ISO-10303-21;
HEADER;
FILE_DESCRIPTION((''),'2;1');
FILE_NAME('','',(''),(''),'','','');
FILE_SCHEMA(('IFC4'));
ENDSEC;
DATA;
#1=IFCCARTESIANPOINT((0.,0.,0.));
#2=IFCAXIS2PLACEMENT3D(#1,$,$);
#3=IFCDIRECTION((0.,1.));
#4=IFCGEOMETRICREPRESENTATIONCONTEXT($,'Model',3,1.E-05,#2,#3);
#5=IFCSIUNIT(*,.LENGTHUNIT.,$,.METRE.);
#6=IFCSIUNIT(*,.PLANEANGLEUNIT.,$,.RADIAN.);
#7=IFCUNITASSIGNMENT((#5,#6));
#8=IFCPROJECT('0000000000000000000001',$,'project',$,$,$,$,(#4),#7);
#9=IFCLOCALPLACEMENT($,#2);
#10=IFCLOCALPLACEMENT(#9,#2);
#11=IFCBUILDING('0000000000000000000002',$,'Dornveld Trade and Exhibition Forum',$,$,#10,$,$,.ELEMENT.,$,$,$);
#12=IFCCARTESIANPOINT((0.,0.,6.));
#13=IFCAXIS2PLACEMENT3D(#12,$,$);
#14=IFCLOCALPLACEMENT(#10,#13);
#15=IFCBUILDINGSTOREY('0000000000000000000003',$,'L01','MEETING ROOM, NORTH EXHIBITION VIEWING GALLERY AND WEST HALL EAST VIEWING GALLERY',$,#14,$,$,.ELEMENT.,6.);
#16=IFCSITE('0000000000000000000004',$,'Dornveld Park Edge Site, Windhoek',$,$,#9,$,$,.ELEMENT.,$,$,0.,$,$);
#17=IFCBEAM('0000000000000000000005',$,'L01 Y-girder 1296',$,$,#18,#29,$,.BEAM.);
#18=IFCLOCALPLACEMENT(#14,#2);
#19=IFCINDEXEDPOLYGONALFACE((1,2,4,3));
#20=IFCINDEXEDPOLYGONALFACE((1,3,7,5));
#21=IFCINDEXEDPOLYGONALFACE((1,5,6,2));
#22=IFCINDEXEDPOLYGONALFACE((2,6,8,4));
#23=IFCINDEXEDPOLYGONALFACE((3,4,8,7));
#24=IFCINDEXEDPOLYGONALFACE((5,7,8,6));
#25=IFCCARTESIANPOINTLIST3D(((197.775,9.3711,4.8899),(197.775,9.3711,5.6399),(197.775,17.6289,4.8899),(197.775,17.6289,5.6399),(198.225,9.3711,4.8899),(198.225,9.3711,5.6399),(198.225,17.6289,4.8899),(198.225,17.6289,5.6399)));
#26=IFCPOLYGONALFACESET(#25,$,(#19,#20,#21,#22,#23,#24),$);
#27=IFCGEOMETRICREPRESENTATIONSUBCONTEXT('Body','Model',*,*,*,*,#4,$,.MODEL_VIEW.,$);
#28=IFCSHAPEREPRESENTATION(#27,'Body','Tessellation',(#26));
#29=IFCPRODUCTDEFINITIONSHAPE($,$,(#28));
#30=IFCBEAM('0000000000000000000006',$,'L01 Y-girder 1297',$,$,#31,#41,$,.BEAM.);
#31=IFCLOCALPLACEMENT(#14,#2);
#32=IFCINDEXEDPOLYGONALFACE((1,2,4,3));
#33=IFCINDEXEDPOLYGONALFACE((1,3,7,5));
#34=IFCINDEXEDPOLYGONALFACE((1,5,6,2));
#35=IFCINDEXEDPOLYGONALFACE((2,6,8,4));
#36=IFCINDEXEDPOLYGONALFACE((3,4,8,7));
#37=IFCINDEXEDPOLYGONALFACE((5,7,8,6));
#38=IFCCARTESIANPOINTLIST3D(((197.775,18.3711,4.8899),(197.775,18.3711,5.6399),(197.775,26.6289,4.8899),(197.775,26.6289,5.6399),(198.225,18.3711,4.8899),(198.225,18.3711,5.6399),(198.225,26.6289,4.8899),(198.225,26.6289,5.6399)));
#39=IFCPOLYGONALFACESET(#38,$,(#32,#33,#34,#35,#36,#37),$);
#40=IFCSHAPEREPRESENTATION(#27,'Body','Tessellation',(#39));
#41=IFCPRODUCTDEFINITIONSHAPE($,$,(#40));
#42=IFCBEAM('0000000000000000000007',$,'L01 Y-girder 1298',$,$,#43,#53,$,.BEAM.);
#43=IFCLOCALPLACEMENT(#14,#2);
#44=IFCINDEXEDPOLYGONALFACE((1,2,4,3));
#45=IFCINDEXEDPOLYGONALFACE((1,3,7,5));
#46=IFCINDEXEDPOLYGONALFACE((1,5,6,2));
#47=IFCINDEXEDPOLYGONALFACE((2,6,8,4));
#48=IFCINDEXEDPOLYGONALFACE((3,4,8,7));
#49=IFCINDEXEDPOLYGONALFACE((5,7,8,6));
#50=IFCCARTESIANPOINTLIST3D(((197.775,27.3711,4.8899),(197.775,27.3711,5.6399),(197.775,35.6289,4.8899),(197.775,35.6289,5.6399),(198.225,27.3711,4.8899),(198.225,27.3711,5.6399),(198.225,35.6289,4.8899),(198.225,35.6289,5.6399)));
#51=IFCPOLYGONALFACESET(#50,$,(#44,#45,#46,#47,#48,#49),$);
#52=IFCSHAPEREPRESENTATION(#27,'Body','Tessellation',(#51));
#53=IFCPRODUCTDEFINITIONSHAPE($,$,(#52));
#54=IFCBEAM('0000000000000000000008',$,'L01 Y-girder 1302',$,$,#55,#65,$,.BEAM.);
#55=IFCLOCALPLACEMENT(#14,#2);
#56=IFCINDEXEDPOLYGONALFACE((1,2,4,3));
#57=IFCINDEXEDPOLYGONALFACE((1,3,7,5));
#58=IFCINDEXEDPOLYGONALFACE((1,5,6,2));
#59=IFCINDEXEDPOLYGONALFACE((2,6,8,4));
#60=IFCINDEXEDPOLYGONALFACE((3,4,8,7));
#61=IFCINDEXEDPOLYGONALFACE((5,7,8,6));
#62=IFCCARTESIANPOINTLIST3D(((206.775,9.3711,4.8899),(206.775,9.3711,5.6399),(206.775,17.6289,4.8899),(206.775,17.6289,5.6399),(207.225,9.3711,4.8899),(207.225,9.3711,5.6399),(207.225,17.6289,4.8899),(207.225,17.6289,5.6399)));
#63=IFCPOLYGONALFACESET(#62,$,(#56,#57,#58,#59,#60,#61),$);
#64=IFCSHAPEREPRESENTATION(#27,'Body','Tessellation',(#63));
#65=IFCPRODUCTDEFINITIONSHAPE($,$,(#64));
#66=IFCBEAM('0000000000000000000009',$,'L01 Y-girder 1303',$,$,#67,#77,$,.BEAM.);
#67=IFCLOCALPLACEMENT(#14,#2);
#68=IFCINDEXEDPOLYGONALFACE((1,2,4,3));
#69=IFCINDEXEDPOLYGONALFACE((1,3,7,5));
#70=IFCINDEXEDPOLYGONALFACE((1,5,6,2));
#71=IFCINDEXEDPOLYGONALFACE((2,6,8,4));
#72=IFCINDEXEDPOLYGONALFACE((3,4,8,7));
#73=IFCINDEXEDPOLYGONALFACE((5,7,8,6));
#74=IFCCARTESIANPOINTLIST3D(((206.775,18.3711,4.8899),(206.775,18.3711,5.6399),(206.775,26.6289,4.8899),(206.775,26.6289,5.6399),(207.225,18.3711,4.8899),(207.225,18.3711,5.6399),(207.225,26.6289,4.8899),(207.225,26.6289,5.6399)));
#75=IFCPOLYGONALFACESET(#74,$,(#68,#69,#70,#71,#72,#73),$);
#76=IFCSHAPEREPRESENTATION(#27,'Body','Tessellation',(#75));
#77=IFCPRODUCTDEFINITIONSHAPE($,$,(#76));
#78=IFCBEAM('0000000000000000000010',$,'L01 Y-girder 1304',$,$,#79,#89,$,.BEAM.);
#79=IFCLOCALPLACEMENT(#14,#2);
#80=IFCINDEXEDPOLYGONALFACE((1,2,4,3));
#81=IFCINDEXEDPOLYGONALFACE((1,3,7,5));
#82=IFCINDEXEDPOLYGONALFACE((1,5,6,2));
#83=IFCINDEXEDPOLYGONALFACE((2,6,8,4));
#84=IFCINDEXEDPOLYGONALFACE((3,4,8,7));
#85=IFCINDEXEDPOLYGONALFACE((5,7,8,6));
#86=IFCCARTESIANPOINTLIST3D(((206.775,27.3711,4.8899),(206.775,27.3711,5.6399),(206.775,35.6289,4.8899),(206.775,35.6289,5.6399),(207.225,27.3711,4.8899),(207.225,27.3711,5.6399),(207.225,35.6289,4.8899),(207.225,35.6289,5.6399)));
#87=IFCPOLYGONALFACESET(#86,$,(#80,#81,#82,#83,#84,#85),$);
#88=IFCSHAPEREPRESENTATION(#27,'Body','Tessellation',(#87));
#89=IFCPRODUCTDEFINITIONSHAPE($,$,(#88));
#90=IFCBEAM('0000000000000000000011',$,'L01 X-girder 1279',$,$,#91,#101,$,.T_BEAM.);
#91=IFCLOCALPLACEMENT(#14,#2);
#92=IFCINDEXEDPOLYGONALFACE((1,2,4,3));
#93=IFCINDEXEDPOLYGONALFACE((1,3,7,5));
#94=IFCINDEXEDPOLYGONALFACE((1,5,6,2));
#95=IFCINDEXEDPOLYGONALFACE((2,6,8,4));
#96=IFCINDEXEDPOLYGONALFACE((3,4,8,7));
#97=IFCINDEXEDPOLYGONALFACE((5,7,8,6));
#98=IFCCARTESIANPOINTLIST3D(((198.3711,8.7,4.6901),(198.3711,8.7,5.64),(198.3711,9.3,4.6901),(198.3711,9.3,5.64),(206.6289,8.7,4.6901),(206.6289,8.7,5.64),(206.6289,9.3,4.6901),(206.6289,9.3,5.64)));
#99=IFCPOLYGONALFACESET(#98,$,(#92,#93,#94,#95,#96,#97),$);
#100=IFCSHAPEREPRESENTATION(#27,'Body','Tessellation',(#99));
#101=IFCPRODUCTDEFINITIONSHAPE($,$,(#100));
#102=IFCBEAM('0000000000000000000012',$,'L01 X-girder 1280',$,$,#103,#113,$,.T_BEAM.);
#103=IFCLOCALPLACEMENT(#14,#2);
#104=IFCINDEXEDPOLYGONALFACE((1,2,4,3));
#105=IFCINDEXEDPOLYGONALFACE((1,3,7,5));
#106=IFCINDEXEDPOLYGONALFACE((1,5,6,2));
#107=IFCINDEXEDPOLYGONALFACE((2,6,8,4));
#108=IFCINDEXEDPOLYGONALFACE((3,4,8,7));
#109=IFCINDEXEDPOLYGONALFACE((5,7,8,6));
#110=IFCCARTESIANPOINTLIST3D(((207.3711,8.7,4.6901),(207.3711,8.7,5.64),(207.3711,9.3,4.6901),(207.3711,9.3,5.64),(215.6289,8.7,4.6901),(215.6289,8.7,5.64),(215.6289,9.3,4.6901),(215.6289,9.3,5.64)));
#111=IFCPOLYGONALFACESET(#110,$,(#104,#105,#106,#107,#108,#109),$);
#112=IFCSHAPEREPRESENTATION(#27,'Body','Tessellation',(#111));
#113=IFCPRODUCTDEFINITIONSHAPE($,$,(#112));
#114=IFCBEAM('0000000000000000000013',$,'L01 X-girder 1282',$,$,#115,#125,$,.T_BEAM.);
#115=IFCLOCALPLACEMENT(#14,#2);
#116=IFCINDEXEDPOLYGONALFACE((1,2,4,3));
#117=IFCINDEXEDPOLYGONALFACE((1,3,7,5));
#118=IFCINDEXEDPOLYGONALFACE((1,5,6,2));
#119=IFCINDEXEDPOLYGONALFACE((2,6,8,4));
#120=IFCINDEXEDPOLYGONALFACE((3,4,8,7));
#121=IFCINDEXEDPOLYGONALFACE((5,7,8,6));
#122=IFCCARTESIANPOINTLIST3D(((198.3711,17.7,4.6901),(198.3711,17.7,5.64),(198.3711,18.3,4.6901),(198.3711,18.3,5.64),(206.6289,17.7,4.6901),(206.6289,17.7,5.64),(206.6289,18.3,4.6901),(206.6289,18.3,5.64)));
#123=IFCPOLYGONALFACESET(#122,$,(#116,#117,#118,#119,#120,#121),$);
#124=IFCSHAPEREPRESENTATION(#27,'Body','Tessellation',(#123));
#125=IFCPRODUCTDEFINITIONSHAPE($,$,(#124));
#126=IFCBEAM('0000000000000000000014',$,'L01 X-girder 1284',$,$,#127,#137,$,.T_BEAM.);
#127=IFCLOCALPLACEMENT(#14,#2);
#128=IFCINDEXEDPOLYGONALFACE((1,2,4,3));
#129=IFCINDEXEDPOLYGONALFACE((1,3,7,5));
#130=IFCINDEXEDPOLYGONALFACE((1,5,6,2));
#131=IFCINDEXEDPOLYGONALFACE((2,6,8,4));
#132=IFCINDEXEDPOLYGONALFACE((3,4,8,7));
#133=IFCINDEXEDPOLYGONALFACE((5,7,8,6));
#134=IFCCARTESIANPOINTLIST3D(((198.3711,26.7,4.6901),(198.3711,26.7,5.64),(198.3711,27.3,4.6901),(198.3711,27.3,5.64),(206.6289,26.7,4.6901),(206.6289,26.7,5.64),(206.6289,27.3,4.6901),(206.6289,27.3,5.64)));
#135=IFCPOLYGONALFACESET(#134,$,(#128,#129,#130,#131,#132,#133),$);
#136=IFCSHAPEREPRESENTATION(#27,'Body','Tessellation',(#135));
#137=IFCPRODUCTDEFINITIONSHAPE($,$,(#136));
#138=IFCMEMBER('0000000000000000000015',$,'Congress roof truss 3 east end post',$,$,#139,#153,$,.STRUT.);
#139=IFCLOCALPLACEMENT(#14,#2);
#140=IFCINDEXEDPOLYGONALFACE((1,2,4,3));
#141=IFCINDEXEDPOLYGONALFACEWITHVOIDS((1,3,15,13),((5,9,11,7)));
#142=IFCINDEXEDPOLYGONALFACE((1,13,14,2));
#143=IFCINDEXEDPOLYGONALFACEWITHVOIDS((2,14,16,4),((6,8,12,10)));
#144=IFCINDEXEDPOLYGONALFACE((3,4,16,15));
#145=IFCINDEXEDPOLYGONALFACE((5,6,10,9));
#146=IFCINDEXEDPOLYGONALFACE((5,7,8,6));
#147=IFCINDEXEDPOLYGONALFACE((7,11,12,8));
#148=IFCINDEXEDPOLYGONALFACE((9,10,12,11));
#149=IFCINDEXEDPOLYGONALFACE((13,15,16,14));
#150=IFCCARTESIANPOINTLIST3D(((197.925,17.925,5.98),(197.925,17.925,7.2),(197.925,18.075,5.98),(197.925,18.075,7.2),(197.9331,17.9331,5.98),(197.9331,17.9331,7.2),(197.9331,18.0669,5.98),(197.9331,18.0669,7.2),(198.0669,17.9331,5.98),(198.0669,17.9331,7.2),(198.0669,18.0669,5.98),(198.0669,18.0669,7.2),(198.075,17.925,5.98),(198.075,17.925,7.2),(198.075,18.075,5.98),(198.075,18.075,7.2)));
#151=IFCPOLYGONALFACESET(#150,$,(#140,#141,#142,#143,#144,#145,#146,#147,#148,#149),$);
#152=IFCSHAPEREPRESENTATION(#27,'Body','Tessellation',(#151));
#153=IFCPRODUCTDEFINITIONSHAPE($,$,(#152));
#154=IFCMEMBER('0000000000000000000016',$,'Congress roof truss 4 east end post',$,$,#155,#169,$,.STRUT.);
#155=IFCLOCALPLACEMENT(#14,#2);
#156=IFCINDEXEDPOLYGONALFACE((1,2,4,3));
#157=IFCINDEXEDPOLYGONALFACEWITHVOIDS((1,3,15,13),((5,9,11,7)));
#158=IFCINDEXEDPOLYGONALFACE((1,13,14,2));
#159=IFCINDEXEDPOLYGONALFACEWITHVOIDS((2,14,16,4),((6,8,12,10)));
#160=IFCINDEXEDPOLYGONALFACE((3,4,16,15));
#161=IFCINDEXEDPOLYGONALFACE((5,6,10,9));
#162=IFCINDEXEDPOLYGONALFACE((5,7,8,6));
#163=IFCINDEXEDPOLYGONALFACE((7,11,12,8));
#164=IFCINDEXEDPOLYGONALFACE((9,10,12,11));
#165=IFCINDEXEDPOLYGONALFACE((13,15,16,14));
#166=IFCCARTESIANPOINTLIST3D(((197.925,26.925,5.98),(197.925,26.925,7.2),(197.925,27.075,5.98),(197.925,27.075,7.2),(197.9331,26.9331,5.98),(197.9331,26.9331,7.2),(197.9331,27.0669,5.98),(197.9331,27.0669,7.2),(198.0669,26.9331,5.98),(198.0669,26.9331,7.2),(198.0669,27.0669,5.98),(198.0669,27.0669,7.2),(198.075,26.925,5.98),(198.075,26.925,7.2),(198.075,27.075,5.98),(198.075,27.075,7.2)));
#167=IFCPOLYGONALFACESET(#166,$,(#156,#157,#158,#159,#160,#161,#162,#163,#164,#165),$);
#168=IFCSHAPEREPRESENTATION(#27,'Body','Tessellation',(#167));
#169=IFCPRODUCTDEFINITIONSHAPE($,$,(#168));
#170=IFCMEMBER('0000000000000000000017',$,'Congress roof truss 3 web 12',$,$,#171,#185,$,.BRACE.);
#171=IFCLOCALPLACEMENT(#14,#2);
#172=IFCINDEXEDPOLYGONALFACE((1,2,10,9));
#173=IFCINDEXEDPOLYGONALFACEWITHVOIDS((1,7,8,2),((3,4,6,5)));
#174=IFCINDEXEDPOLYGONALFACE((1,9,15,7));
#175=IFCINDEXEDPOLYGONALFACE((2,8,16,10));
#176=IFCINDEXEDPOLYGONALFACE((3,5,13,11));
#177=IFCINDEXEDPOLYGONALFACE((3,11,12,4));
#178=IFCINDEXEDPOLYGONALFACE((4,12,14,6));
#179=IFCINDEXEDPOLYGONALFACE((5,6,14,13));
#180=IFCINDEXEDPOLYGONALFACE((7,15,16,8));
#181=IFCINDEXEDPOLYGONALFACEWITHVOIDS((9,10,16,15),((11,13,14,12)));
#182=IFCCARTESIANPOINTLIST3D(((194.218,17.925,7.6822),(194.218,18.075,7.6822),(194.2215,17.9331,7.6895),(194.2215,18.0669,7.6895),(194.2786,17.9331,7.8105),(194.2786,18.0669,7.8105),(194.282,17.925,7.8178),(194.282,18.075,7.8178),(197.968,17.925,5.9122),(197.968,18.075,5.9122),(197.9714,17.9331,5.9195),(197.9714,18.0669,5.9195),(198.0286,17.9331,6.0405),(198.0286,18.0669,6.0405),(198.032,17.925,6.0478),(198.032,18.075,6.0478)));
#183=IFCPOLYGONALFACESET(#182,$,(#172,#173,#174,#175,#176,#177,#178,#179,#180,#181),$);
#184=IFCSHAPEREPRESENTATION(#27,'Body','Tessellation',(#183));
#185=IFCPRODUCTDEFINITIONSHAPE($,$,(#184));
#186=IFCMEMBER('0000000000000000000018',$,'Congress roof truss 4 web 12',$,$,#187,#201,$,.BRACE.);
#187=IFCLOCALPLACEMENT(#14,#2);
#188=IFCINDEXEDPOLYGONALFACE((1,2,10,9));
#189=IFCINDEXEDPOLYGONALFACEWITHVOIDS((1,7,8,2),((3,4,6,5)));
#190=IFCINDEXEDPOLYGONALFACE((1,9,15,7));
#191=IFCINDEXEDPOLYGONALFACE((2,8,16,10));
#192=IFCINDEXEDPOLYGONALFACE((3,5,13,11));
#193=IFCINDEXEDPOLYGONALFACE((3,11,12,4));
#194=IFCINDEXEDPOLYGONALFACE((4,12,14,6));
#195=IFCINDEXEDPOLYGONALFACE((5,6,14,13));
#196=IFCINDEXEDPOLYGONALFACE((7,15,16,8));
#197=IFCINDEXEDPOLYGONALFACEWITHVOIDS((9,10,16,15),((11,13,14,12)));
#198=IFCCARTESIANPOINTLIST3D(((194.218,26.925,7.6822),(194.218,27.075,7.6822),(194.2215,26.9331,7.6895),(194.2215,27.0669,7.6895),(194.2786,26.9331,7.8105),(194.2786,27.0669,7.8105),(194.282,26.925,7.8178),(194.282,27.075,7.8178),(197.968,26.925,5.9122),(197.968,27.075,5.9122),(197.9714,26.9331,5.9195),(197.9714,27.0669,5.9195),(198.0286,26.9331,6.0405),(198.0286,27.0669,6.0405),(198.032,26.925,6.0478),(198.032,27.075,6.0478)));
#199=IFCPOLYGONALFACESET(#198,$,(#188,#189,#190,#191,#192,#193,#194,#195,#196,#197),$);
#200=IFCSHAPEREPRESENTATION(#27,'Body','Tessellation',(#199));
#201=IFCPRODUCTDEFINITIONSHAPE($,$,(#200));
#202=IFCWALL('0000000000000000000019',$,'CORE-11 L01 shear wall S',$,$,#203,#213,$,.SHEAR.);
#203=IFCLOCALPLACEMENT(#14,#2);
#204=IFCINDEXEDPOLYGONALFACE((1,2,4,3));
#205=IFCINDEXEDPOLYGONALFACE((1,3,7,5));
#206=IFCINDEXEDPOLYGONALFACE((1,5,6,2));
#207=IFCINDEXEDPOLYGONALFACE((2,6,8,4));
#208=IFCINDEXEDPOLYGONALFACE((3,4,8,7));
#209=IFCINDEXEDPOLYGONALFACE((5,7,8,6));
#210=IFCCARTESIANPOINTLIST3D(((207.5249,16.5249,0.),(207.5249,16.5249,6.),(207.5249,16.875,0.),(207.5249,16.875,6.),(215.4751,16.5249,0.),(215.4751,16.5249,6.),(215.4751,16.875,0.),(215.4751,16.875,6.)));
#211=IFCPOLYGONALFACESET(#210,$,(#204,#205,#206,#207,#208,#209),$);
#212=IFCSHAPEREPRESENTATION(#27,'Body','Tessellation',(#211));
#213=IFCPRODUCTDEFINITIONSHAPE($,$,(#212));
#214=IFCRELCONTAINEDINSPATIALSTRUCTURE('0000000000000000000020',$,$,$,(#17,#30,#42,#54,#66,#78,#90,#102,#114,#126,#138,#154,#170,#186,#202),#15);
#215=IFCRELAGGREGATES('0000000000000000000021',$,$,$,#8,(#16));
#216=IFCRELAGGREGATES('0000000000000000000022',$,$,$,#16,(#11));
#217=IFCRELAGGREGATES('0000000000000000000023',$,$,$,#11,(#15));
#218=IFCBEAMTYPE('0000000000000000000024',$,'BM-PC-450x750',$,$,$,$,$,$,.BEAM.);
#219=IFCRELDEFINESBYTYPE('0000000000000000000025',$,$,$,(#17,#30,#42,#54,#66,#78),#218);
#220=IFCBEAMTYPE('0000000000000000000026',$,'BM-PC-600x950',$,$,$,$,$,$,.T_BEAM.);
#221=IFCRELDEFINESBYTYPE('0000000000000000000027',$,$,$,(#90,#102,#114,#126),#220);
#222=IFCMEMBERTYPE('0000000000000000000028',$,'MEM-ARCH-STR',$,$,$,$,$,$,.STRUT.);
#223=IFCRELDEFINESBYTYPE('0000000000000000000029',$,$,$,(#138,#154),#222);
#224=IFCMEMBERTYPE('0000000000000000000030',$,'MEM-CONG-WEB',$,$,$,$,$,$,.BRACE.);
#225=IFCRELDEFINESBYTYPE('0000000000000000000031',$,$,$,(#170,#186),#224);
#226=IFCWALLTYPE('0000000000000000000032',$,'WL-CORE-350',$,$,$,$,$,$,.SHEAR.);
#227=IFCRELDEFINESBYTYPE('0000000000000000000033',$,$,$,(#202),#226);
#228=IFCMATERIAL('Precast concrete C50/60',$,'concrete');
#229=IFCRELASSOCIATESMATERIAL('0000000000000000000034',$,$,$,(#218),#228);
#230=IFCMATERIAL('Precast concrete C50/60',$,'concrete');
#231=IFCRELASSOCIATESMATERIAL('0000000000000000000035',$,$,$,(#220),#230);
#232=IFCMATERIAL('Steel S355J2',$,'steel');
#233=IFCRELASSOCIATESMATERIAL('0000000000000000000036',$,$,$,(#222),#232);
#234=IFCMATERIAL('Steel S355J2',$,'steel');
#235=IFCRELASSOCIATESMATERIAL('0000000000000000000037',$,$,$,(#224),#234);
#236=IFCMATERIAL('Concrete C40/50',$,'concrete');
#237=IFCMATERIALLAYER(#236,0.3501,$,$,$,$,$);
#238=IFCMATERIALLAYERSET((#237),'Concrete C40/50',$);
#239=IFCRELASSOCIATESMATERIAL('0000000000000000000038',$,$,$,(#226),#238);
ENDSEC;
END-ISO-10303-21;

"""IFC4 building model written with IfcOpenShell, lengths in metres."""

from ifc_helpers import new_model, si_unit, direction, frame, frame_2d, origin, origin_2d, place, context, subcontext, project, spatial, rectangle, hollow_rectangle, extrude, material, layer, layer_set, material_profile, profile_set, type_object, element, save


model = new_model("IFC4")

# Units and contexts
model_context = context("Model", 3, precision=1e-05, world=origin(), true_north=direction((0.0, 1.0)))
body_context = subcontext(model_context, "Body", "Model", "MODEL_VIEW")
ifc_project = project(units=[si_unit("LENGTHUNIT", "METRE"), si_unit("PLANEANGLEUNIT", "RADIAN")], contexts=[model_context])

# Site, building, storey
site_placement = place(None, origin())
site = spatial("IfcSite", under=ifc_project, at=site_placement, Name="Dornveld Park Edge Site, Windhoek", CompositionType="ELEMENT", RefElevation=0.0)
building_placement = place(site_placement, origin())
building = spatial("IfcBuilding", under=site, at=building_placement, Name="Dornveld Trade and Exhibition Forum", CompositionType="ELEMENT")
storey_placement = place(building_placement, frame((0.0, 0.0, 6.0)))
storey = spatial("IfcBuildingStorey", under=building, at=storey_placement, Name="L01", Description="MEETING ROOM, NORTH EXHIBITION VIEWING GALLERY AND WEST HALL EAST VIEWING GALLERY", CompositionType="ELEMENT", Elevation=6.0)

# Beams
ifc_material_1 = material(Name="Precast concrete C50/60", Category="concrete")
ifc_material_profile_1 = material_profile(ifc_material_1, rectangle(XDim=0.45, YDim=0.75, at=origin_2d()), Name="PC-BM 450x750")
ifc_profile_set_1 = profile_set([ifc_material_profile_1], Name="Precast concrete C50/60")
beam_type_1 = type_object("IfcBeamType", Name="BM-PC-450x750", PredefinedType="BEAM", material=ifc_profile_set_1)
for number, where, z_axis, x_axis, name in (
    (1, (198.0, 9.3711, 5.2649), (0.0, 1.0, 0.0), (-1.0, 0.0, 0.0), "L01 Y-girder 1296"),
    (2, (198.0, 18.3711, 5.2649), (0.0, 1.0, 0.0), (-1.0, 0.0, 0.0), "L01 Y-girder 1297"),
    (3, (198.0, 27.3711, 5.2649), (0.0, 1.0, 0.0), (-1.0, 0.0, 0.0), "L01 Y-girder 1298"),
    (4, (207.0, 9.3711, 5.2649), (0.0, 1.0, 0.0), (-1.0, 0.0, 0.0), "L01 Y-girder 1302"),
    (5, (207.0, 18.3711, 5.2649), (0.0, 1.0, 0.0), (-1.0, 0.0, 0.0), "L01 Y-girder 1303"),
    (6, (207.0, 27.3711, 5.2649), (0.0, 1.0, 0.0), (-1.0, 0.0, 0.0), "L01 Y-girder 1304"),
):
    element("IfcBeam", number, at=place(storey_placement, frame(where, z_axis=z_axis, x_axis=x_axis)), inside=storey, type_object=beam_type_1, Name=name, PredefinedType="BEAM", context=body_context, shape_type="SweptSolid", body=[
        extrude(rectangle(XDim=0.45, YDim=0.75, at=origin_2d()), origin(), (0.0, 0.0, 1.0), 8.2578),
    ])
ifc_material_2 = material(Name="Precast concrete C50/60", Category="concrete")
ifc_material_profile_2 = material_profile(ifc_material_2, rectangle(XDim=0.6001, YDim=0.95, at=origin_2d()), Name="PC-GIR 600x950")
ifc_profile_set_2 = profile_set([ifc_material_profile_2], Name="Precast concrete C50/60")
beam_type_2 = type_object("IfcBeamType", Name="BM-PC-600x950", PredefinedType="T_BEAM", material=ifc_profile_set_2)
for number, where, z_axis, x_axis, name in (
    (7, (198.3711, 9.0, 5.165), (1.0, 0.0, 0.0), (0.0, 1.0, 0.0), "L01 X-girder 1279"),
    (8, (207.3711, 9.0, 5.165), (1.0, 0.0, 0.0), (0.0, 1.0, 0.0), "L01 X-girder 1280"),
    (9, (198.3711, 18.0, 5.165), (1.0, 0.0, 0.0), (0.0, 1.0, 0.0), "L01 X-girder 1282"),
    (10, (198.3711, 27.0, 5.165), (1.0, 0.0, 0.0), (0.0, 1.0, 0.0), "L01 X-girder 1284"),
):
    element("IfcBeam", number, at=place(storey_placement, frame(where, z_axis=z_axis, x_axis=x_axis)), inside=storey, type_object=beam_type_2, Name=name, PredefinedType="T_BEAM", context=body_context, shape_type="SweptSolid", body=[
        extrude(rectangle(XDim=0.6001, YDim=0.95, at=origin_2d()), origin(), (0.0, 0.0, 1.0), 8.2578),
    ])

# Members
ifc_material_3 = material(Name="Steel S355J2", Category="steel")
ifc_material_profile_3 = material_profile(ifc_material_3, hollow_rectangle(XDim=0.1499, YDim=0.1499, WallThickness=0.0081, at=origin_2d()), Name="SHS 150x150x8")
ifc_profile_set_3 = profile_set([ifc_material_profile_3], Name="Steel S355J2")
member_type_1 = type_object("IfcMemberType", Name="MEM-ARCH-STR", PredefinedType="STRUT", material=ifc_profile_set_3)
for number, where, z_axis, x_axis, name in (
    (11, (198.0, 18.0, 5.98), (0.0, 0.0, 1.0), (1.0, 0.0, 0.0), "Congress roof truss 3 east end post"),
    (12, (198.0, 27.0, 5.98), (0.0, 0.0, 1.0), (1.0, 0.0, 0.0), "Congress roof truss 4 east end post"),
):
    element("IfcMember", number, at=place(storey_placement, frame(where, z_axis=z_axis, x_axis=x_axis)), inside=storey, type_object=member_type_1, Name=name, PredefinedType="STRUT", context=body_context, shape_type="SweptSolid", body=[
        extrude(hollow_rectangle(XDim=0.1499, YDim=0.1499, WallThickness=0.0081, at=origin_2d()), origin(), (0.0, 0.0, 1.0), 1.22),
    ])
ifc_material_4 = material(Name="Steel S355J2", Category="steel")
ifc_material_profile_4 = material_profile(ifc_material_4, hollow_rectangle(XDim=0.1499, YDim=0.1499, WallThickness=0.0081, at=origin_2d()), Name="SHS 150x150x8")
ifc_profile_set_4 = profile_set([ifc_material_profile_4], Name="Steel S355J2")
member_type_2 = type_object("IfcMemberType", Name="MEM-CONG-WEB", PredefinedType="BRACE", material=ifc_profile_set_4)
for number, where, z_axis, x_axis, name in (
    (13, (198.0, 18.0, 5.98), (-0.904324, 0.0, 0.426846), (0.0, -1.0, 0.0), "Congress roof truss 3 web 12"),
    (14, (198.0, 27.0, 5.98), (-0.904324, 0.0, 0.426846), (0.0, -1.0, 0.0), "Congress roof truss 4 web 12"),
):
    element("IfcMember", number, at=place(storey_placement, frame(where, z_axis=z_axis, x_axis=x_axis)), inside=storey, type_object=member_type_2, Name=name, PredefinedType="BRACE", context=body_context, shape_type="SweptSolid", body=[
        extrude(hollow_rectangle(XDim=0.1499, YDim=0.1499, WallThickness=0.0081, at=origin_2d()), origin(), (0.0, 0.0, 1.0), 4.1467),
    ])

# Wall
ifc_material_5 = material(Name="Concrete C40/50", Category="concrete")
ifc_layer_1 = layer(ifc_material_5, 0.3501)
ifc_layer_set_1 = layer_set([ifc_layer_1], Name="Concrete C40/50")
wall_type_1 = type_object("IfcWallType", Name="WL-CORE-350", PredefinedType="SHEAR", material=ifc_layer_set_1)
wall_1_placement = place(storey_placement, frame((207.5249, 16.7, 0.0), z_axis=(0.0, 0.0, 1.0), x_axis=(1.0, 0.0, 0.0)))
element("IfcWall", 15, at=wall_1_placement, inside=storey, type_object=wall_type_1, Name="CORE-11 L01 shear wall S", PredefinedType="SHEAR", context=body_context, shape_type="SweptSolid", body=[
    extrude(rectangle(XDim=7.9502, YDim=0.3501, at=frame_2d((3.9751, 0.0))), origin(), (0.0, 0.0, 1.0), 6.0),
])

save(model, "model.ifc")
